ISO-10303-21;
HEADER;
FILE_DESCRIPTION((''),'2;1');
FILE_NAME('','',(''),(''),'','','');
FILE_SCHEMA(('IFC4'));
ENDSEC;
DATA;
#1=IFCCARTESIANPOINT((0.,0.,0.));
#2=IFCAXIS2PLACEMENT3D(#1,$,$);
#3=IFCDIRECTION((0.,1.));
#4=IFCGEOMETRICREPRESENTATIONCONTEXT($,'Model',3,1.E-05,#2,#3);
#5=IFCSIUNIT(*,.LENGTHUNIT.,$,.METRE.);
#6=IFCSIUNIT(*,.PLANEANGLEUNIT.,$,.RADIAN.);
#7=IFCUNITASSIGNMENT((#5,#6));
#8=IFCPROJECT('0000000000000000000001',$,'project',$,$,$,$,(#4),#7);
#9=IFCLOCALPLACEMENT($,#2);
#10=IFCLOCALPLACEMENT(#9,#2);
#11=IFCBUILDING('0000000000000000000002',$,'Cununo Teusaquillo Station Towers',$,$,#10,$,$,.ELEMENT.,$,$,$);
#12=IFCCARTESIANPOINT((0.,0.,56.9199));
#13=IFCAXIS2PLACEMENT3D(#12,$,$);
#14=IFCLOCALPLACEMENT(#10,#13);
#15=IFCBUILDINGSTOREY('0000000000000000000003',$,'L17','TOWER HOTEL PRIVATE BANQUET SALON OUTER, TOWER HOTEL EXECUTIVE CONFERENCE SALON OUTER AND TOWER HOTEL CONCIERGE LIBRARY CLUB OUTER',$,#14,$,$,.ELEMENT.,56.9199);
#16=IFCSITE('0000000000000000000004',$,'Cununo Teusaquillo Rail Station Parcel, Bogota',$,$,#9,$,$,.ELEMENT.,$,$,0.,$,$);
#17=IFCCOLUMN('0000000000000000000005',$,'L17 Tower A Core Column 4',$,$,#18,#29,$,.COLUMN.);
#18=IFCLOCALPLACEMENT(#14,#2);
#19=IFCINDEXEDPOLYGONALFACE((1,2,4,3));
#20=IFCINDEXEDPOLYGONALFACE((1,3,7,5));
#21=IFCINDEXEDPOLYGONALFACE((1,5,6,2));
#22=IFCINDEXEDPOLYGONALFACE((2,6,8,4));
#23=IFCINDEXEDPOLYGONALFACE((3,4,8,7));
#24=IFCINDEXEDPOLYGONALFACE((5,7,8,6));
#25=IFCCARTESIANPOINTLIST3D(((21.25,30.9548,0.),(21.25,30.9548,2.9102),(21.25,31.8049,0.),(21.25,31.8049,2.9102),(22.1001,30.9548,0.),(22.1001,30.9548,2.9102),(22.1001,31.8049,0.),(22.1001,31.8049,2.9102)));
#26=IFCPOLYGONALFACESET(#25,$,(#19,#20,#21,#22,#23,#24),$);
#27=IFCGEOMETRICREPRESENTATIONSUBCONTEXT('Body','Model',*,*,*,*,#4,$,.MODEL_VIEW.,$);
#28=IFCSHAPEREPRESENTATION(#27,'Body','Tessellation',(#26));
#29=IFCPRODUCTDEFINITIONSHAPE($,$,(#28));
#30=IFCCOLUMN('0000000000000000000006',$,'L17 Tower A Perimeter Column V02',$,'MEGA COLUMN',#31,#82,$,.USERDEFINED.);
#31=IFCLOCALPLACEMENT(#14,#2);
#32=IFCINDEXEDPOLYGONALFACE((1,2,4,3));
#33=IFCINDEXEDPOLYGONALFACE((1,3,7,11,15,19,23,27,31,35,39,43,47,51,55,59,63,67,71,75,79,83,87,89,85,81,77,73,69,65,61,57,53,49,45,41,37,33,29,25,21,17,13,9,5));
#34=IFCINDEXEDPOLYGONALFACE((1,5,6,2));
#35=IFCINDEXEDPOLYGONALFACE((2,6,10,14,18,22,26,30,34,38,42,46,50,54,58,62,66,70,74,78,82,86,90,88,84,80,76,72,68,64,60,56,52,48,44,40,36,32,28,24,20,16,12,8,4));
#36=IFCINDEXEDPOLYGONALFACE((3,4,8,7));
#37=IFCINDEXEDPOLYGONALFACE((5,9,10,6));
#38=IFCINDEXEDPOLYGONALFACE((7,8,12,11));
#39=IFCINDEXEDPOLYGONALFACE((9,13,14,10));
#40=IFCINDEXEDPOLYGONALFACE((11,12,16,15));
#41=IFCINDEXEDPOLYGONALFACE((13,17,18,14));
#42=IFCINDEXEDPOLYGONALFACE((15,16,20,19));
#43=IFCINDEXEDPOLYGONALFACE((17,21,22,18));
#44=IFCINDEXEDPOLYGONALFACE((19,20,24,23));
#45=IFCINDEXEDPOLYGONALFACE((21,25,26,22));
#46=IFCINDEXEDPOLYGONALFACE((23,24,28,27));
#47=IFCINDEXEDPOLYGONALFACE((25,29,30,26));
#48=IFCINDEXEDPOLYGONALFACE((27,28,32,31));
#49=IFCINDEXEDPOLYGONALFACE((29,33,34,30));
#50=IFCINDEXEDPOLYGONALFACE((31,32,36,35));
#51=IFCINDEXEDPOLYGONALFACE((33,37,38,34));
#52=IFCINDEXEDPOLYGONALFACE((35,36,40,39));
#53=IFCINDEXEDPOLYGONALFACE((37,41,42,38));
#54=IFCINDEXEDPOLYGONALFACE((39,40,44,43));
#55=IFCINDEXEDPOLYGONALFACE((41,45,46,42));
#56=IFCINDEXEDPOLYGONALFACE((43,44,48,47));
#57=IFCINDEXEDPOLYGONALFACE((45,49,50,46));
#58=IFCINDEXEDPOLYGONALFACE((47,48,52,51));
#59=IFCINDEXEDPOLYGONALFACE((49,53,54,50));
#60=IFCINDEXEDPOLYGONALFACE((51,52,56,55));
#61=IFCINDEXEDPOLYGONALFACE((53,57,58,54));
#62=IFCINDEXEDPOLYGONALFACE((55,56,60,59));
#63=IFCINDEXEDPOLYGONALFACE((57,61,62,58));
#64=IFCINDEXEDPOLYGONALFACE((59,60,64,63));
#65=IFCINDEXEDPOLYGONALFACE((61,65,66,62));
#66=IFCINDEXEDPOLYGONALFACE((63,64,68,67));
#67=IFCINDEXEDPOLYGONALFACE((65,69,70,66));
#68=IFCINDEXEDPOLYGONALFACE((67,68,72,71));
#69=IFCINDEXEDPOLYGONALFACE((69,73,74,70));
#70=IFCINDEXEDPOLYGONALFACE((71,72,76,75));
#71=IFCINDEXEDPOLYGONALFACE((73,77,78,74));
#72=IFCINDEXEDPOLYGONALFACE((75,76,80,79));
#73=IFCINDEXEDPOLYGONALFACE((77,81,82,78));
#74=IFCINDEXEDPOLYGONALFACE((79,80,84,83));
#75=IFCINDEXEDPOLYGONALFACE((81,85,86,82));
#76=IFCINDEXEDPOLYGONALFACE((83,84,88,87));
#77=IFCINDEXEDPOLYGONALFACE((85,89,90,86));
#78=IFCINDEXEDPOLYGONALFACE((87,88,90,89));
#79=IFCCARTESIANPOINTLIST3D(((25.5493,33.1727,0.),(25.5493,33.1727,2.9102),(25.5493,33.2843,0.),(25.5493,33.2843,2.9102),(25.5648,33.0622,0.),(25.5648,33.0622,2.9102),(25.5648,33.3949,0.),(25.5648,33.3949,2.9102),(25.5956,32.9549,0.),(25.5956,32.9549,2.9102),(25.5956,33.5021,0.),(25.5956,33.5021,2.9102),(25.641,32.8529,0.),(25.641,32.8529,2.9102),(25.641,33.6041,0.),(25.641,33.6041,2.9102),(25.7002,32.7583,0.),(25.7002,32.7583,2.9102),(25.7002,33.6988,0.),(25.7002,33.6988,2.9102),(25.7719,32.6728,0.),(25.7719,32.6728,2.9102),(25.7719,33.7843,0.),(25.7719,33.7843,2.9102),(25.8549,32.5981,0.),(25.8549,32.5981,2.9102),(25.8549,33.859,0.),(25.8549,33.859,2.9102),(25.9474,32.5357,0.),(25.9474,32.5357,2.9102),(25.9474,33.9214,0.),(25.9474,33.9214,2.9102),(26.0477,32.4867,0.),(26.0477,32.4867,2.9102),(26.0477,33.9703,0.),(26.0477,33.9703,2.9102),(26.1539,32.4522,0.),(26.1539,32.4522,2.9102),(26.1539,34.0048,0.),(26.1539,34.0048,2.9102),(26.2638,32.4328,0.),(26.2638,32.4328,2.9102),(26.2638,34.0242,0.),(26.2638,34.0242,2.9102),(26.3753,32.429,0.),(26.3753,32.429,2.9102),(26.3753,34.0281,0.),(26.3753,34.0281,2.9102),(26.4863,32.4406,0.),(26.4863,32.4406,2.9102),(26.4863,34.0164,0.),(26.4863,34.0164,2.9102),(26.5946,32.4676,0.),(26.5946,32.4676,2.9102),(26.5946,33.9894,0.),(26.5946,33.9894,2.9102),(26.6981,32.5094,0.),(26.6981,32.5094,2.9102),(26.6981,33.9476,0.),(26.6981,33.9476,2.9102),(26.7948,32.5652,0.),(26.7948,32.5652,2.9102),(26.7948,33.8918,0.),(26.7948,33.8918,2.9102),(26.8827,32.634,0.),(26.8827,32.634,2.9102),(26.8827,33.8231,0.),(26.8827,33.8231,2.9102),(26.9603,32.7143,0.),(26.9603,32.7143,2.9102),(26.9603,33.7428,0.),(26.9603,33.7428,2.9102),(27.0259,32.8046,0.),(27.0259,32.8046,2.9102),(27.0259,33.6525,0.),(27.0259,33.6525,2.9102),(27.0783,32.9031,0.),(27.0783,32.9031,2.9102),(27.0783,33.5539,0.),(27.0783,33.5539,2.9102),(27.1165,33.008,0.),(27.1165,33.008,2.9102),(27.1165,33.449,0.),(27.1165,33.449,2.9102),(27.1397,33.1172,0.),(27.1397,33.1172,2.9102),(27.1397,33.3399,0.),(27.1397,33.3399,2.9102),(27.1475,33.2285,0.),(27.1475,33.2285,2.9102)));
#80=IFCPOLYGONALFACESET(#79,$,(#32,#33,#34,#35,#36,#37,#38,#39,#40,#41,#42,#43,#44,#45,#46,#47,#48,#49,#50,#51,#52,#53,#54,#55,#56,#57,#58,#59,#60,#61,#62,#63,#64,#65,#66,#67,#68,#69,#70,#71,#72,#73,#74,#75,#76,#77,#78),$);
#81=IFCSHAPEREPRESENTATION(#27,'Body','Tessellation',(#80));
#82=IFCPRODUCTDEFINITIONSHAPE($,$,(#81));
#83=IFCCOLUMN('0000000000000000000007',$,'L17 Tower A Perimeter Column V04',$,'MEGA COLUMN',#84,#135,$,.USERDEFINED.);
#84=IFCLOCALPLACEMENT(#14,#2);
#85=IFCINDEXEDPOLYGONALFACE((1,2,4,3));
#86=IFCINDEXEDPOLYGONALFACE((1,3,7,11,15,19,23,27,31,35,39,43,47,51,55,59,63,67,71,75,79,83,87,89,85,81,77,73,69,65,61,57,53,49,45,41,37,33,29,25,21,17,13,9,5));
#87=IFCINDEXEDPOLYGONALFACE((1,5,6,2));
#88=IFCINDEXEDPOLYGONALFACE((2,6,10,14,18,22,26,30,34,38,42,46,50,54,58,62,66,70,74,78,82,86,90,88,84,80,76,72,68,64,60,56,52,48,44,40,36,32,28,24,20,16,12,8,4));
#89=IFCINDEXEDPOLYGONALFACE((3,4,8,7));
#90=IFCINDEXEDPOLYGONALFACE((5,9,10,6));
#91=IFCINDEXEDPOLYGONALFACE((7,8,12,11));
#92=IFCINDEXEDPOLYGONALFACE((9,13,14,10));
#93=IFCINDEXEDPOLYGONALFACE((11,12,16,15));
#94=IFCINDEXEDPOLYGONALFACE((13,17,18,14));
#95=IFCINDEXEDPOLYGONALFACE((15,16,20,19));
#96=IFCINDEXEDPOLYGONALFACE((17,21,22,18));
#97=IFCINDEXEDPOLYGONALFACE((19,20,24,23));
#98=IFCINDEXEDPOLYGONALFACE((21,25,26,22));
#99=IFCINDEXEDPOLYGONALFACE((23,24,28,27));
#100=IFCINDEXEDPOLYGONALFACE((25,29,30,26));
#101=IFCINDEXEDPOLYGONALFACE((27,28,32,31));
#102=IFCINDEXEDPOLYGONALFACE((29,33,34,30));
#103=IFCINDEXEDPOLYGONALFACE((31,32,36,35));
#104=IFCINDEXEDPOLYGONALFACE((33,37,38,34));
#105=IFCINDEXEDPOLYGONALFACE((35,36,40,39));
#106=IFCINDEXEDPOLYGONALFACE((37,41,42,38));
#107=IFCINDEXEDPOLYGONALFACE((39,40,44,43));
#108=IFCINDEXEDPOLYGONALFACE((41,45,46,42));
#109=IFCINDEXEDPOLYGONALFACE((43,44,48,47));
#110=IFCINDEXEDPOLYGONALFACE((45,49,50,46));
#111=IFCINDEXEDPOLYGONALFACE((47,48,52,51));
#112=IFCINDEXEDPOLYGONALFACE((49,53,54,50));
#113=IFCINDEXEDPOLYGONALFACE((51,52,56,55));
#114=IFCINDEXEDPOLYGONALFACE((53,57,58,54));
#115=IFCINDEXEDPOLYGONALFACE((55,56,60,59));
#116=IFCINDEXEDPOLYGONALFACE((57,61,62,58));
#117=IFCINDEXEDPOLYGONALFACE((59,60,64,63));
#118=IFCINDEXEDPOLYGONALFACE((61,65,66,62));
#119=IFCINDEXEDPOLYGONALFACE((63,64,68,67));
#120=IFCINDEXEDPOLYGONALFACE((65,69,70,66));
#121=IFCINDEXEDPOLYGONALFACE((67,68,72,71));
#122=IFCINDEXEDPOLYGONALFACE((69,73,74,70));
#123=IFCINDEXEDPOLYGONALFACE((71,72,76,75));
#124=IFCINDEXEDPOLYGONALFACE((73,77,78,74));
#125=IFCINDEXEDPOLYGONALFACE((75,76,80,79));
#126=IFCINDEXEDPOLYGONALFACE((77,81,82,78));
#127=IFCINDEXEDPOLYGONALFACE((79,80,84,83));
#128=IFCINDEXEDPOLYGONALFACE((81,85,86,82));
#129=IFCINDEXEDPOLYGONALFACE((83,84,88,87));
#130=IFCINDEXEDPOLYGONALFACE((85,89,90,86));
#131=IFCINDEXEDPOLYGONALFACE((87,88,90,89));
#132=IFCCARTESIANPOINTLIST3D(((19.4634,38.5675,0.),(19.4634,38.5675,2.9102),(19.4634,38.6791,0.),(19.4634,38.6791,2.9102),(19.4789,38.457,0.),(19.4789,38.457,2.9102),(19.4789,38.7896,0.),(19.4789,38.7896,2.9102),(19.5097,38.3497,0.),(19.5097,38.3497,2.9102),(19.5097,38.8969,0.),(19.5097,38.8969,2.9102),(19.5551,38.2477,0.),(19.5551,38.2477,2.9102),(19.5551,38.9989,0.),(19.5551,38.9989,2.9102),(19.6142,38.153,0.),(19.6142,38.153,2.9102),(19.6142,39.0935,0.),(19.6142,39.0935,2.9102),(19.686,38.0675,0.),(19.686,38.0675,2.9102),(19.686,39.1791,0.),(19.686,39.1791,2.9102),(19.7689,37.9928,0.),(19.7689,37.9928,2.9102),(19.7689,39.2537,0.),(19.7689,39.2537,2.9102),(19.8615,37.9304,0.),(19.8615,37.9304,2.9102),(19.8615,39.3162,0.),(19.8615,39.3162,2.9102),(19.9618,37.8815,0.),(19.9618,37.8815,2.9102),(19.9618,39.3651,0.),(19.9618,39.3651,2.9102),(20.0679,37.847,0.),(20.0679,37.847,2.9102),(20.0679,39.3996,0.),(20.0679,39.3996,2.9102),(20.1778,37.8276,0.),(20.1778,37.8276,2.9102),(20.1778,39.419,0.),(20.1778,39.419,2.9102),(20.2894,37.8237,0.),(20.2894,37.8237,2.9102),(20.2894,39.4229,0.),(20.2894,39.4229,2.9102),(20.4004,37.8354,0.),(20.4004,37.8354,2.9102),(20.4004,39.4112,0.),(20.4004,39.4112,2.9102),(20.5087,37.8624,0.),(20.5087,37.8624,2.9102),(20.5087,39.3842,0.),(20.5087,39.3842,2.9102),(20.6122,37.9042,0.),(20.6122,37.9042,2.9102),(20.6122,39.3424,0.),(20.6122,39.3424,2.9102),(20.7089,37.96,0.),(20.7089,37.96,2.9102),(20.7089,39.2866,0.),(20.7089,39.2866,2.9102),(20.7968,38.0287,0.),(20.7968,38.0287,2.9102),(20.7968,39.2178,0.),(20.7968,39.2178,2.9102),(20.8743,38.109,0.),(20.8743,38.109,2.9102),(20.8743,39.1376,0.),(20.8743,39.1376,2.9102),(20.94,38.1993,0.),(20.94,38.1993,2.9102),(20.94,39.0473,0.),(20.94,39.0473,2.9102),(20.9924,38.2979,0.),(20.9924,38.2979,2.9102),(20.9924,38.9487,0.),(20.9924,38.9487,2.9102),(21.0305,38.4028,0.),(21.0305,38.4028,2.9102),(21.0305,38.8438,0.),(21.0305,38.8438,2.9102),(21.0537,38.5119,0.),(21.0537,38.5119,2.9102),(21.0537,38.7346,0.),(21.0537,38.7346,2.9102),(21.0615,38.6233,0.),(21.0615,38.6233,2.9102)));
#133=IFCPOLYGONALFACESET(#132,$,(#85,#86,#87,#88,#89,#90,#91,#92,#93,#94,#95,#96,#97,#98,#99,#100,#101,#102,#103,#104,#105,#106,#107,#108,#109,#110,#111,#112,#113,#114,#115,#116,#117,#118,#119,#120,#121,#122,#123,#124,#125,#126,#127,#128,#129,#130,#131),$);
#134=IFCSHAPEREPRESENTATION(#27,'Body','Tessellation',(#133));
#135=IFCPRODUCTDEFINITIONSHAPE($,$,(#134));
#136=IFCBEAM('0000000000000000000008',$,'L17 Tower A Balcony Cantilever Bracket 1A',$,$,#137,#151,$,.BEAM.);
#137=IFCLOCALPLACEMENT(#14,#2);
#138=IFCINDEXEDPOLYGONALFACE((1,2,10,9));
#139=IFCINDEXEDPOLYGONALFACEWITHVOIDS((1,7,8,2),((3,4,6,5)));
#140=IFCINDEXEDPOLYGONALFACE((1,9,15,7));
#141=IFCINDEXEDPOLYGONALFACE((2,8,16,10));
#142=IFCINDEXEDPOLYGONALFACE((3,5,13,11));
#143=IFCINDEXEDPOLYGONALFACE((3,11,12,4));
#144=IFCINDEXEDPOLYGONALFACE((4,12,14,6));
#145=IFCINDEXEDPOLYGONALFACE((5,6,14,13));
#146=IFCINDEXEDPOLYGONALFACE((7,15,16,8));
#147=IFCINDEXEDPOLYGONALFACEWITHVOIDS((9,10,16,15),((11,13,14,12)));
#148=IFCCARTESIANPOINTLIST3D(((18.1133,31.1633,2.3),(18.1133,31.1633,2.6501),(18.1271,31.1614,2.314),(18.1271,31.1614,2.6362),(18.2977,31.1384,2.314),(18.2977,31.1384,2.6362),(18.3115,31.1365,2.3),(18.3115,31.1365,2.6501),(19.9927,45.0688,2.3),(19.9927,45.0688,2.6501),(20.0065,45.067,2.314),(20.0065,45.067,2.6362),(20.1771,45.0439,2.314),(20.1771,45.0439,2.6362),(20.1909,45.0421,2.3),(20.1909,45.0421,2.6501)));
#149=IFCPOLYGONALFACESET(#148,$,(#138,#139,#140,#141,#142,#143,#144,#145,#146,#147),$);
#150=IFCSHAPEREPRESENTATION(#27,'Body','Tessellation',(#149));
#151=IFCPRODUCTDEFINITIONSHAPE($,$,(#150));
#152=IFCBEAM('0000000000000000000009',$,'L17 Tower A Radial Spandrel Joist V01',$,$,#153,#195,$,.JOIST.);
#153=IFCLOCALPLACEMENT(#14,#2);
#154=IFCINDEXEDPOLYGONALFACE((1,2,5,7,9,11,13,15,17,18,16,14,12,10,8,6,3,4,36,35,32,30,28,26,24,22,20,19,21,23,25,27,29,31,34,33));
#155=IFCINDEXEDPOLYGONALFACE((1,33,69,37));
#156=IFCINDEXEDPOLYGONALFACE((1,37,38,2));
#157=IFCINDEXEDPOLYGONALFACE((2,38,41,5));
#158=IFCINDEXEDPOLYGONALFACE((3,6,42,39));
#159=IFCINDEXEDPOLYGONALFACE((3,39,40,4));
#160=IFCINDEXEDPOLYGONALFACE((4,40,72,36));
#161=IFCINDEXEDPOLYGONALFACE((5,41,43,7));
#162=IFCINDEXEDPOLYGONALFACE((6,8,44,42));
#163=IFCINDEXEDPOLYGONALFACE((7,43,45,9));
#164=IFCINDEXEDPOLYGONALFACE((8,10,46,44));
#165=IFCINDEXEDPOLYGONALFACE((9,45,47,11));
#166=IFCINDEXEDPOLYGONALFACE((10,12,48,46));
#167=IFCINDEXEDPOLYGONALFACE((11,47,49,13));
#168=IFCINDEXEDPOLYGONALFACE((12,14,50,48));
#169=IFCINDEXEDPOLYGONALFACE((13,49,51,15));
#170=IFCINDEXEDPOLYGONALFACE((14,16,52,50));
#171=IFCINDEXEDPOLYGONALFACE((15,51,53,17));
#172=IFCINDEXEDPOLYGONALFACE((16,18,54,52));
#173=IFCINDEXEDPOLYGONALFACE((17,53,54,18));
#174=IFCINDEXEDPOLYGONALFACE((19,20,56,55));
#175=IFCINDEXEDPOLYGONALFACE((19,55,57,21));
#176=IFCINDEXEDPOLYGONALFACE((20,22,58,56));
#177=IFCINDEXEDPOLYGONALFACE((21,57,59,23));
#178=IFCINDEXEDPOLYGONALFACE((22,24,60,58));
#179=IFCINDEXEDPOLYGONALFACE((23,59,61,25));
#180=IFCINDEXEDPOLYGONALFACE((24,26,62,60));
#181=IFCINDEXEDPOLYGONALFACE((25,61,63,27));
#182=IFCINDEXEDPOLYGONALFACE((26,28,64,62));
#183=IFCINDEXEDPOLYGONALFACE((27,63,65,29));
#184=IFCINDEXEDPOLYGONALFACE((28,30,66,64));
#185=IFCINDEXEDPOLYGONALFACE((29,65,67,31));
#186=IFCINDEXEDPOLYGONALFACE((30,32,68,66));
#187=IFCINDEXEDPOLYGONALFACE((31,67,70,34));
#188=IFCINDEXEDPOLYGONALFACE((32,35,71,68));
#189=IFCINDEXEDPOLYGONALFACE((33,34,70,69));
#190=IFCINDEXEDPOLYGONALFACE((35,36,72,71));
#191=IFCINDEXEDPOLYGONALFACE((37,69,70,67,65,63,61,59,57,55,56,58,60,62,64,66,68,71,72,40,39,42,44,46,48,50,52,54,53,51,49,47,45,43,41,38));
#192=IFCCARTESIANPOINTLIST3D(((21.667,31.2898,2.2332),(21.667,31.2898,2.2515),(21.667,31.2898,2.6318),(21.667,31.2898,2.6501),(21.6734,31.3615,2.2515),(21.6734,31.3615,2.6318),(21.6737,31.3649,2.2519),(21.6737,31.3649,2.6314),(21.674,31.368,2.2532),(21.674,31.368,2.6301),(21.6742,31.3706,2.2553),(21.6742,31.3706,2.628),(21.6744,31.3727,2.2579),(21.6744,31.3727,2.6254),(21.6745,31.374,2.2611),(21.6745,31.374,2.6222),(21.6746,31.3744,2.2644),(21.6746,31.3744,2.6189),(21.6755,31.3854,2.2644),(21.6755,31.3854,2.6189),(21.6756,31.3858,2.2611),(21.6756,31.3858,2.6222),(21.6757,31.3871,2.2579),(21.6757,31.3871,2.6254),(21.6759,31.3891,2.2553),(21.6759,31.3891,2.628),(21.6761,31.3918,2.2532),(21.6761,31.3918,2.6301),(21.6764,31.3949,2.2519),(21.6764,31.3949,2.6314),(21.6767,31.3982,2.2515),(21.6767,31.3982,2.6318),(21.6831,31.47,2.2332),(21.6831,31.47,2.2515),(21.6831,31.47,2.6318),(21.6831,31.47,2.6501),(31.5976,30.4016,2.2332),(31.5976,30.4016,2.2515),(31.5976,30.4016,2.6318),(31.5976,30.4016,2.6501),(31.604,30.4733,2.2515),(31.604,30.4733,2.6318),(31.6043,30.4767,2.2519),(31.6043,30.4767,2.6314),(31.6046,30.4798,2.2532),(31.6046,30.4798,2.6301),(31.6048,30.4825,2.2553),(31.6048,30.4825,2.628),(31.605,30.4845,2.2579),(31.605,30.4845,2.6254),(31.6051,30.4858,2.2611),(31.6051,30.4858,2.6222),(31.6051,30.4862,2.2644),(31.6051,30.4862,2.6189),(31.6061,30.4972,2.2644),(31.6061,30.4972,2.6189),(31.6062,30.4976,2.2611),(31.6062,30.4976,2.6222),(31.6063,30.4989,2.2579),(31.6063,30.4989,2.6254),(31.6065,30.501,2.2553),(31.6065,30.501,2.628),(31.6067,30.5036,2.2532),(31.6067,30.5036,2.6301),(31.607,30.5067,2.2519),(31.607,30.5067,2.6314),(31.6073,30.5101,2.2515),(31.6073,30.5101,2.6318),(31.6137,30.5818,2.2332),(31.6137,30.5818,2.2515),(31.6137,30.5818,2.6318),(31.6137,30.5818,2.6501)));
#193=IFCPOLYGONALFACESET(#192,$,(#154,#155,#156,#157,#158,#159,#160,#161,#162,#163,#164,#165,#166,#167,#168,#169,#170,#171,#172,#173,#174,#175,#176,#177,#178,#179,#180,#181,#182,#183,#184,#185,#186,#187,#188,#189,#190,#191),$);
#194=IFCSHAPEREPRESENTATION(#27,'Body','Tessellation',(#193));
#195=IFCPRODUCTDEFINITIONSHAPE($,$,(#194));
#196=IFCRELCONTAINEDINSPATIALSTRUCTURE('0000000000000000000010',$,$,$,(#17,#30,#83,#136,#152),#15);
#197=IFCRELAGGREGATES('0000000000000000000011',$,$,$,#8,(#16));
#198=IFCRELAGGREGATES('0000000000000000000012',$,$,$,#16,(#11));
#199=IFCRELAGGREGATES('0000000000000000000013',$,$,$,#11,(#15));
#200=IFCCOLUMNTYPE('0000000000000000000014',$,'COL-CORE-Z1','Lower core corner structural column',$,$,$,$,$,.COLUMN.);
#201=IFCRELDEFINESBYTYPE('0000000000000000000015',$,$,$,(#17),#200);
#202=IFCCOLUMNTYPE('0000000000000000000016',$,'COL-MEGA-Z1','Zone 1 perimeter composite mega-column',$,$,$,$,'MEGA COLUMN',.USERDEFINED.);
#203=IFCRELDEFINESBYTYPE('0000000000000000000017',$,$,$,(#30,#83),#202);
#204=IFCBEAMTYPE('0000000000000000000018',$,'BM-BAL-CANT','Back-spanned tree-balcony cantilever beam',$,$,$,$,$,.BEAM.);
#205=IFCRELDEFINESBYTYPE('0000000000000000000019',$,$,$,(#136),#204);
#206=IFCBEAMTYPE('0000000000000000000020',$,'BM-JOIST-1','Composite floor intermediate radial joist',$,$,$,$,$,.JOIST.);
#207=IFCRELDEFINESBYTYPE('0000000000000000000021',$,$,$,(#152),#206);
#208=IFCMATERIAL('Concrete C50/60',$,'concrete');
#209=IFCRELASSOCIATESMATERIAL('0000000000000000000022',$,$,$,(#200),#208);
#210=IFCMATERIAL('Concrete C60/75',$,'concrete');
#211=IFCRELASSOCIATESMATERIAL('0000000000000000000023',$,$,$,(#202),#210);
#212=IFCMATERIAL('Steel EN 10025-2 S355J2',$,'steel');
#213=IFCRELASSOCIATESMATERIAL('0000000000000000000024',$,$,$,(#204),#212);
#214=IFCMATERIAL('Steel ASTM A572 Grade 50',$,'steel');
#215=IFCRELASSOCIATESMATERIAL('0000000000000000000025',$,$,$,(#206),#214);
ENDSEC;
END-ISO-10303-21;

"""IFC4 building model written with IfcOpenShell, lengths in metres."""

from ifc_helpers import new_model, si_unit, direction, frame, origin, origin_2d, place, context, subcontext, project, spatial, rectangle, hollow_rectangle, circle, i_section, extrude, material, material_profile, profile_set, type_object, element, save


model = new_model("IFC4")

# Units and contexts
model_context = context("Model", 3, precision=1e-05, world=origin(), true_north=direction((0.0, 1.0)))
body_context = subcontext(model_context, "Body", "Model", "MODEL_VIEW")
ifc_project = project(units=[si_unit("LENGTHUNIT", "METRE"), si_unit("PLANEANGLEUNIT", "RADIAN")], contexts=[model_context])

# Site, building, storey
site_placement = place(None, origin())
site = spatial("IfcSite", under=ifc_project, at=site_placement, Name="Cununo Teusaquillo Rail Station Parcel, Bogota", CompositionType="ELEMENT", RefElevation=0.0)
building_placement = place(site_placement, origin())
building = spatial("IfcBuilding", under=site, at=building_placement, Name="Cununo Teusaquillo Station Towers", CompositionType="ELEMENT")
storey_placement = place(building_placement, frame((0.0, 0.0, 56.9199)))
storey = spatial("IfcBuildingStorey", under=building, at=storey_placement, Name="L17", Description="TOWER HOTEL PRIVATE BANQUET SALON OUTER, TOWER HOTEL EXECUTIVE CONFERENCE SALON OUTER AND TOWER HOTEL CONCIERGE LIBRARY CLUB OUTER", CompositionType="ELEMENT", Elevation=56.9199)

# Columns
ifc_material_1 = material(Name="Concrete C50/60", Category="concrete")
ifc_material_profile_1 = material_profile(ifc_material_1, rectangle(XDim=0.8501, YDim=0.8501, at=origin_2d()), Name="RC-RECT-850x850")
ifc_profile_set_1 = profile_set([ifc_material_profile_1], Name="Concrete C50/60")
column_type_1 = type_object("IfcColumnType", Name="COL-CORE-Z1", Description="Lower core corner structural column", PredefinedType="COLUMN", material=ifc_profile_set_1)
column_placement = place(storey_placement, frame((21.675, 31.3799, 0.0), z_axis=(0.0, 0.0, 1.0), x_axis=(1.0, 0.0, 0.0)))
element("IfcColumn", 1, at=column_placement, inside=storey, type_object=column_type_1, Name="L17 Tower A Core Column 4", PredefinedType="COLUMN", context=body_context, shape_type="SweptSolid", body=[
    extrude(rectangle(XDim=0.8501, YDim=0.8501, at=origin_2d()), origin(), (0.0, 0.0, 1.0), 2.9102),
])
ifc_material_2 = material(Name="Concrete C60/75", Category="concrete")
ifc_material_profile_2 = material_profile(ifc_material_2, circle(Radius=0.8, at=origin_2d()), Name="RC-CIRC-1600")
ifc_profile_set_2 = profile_set([ifc_material_profile_2], Name="Concrete C60/75")
column_type_2 = type_object("IfcColumnType", Name="COL-MEGA-Z1", Description="Zone 1 perimeter composite mega-column", ElementType="MEGA COLUMN", PredefinedType="USERDEFINED", material=ifc_profile_set_2)
for number, where, z_axis, x_axis, name in (
    (2, (26.3474, 33.2285, 0.0), (0.0, 0.0, 1.0), (1.0, 0.0, 0.0), "L17 Tower A Perimeter Column V02"),
    (3, (20.2615, 38.6233, 0.0), (0.0, 0.0, 1.0), (1.0, 0.0, 0.0), "L17 Tower A Perimeter Column V04"),
):
    element("IfcColumn", number, at=place(storey_placement, frame(where, z_axis=z_axis, x_axis=x_axis)), inside=storey, type_object=column_type_2, Name=name, ObjectType="MEGA COLUMN", PredefinedType="USERDEFINED", context=body_context, shape_type="SweptSolid", body=[
        extrude(circle(Radius=0.8, at=origin_2d()), origin(), (0.0, 0.0, 1.0), 2.9102),
    ])

# Beams
ifc_material_3 = material(Name="Steel EN 10025-2 S355J2", Category="steel")
ifc_material_profile_3 = material_profile(ifc_material_3, hollow_rectangle(XDim=0.2, YDim=0.3501, WallThickness=0.0139, at=origin_2d()), Name="RHS 350x200x14")
ifc_profile_set_3 = profile_set([ifc_material_profile_3], Name="Steel EN 10025-2 S355J2")
beam_type_1 = type_object("IfcBeamType", Name="BM-BAL-CANT", Description="Back-spanned tree-balcony cantilever beam", PredefinedType="BEAM", material=ifc_profile_set_3)
beam_1_placement = place(storey_placement, frame((18.2124, 31.1499, 2.4751), z_axis=(0.133937, 0.99099, 0.0), x_axis=(-0.99099, 0.133937, 0.0)))
element("IfcBeam", 4, at=beam_1_placement, inside=storey, type_object=beam_type_1, Name="L17 Tower A Balcony Cantilever Bracket 1A", PredefinedType="BEAM", context=body_context, shape_type="SweptSolid", body=[
    extrude(hollow_rectangle(XDim=0.2, YDim=0.3501, WallThickness=0.0139, at=origin_2d()), origin(), (0.0, 0.0, 1.0), 14.032),
])
ifc_material_4 = material(Name="Steel ASTM A572 Grade 50", Category="steel")
ifc_material_profile_4 = material_profile(ifc_material_4, i_section(OverallWidth=0.1809, OverallDepth=0.417, WebThickness=0.011, FlangeThickness=0.0183, FilletRadius=0.0129, at=origin_2d()), Name="W16X57")
ifc_profile_set_4 = profile_set([ifc_material_profile_4], Name="Steel ASTM A572 Grade 50")
beam_type_2 = type_object("IfcBeamType", Name="BM-JOIST-1", Description="Composite floor intermediate radial joist", PredefinedType="JOIST", material=ifc_profile_set_4)
beam_2_placement = place(storey_placement, frame((21.675, 31.3799, 2.4417), z_axis=(0.996024, -0.089083, 0.0), x_axis=(0.089083, 0.996024, 0.0)))
element("IfcBeam", 5, at=beam_2_placement, inside=storey, type_object=beam_type_2, Name="L17 Tower A Radial Spandrel Joist V01", PredefinedType="JOIST", context=body_context, shape_type="SweptSolid", body=[
    extrude(i_section(OverallWidth=0.1809, OverallDepth=0.417, WebThickness=0.011, FlangeThickness=0.0183, FilletRadius=0.0129, at=origin_2d()), origin(), (0.0, 0.0, 1.0), 9.9702),
])

save(model, "model.ifc")
